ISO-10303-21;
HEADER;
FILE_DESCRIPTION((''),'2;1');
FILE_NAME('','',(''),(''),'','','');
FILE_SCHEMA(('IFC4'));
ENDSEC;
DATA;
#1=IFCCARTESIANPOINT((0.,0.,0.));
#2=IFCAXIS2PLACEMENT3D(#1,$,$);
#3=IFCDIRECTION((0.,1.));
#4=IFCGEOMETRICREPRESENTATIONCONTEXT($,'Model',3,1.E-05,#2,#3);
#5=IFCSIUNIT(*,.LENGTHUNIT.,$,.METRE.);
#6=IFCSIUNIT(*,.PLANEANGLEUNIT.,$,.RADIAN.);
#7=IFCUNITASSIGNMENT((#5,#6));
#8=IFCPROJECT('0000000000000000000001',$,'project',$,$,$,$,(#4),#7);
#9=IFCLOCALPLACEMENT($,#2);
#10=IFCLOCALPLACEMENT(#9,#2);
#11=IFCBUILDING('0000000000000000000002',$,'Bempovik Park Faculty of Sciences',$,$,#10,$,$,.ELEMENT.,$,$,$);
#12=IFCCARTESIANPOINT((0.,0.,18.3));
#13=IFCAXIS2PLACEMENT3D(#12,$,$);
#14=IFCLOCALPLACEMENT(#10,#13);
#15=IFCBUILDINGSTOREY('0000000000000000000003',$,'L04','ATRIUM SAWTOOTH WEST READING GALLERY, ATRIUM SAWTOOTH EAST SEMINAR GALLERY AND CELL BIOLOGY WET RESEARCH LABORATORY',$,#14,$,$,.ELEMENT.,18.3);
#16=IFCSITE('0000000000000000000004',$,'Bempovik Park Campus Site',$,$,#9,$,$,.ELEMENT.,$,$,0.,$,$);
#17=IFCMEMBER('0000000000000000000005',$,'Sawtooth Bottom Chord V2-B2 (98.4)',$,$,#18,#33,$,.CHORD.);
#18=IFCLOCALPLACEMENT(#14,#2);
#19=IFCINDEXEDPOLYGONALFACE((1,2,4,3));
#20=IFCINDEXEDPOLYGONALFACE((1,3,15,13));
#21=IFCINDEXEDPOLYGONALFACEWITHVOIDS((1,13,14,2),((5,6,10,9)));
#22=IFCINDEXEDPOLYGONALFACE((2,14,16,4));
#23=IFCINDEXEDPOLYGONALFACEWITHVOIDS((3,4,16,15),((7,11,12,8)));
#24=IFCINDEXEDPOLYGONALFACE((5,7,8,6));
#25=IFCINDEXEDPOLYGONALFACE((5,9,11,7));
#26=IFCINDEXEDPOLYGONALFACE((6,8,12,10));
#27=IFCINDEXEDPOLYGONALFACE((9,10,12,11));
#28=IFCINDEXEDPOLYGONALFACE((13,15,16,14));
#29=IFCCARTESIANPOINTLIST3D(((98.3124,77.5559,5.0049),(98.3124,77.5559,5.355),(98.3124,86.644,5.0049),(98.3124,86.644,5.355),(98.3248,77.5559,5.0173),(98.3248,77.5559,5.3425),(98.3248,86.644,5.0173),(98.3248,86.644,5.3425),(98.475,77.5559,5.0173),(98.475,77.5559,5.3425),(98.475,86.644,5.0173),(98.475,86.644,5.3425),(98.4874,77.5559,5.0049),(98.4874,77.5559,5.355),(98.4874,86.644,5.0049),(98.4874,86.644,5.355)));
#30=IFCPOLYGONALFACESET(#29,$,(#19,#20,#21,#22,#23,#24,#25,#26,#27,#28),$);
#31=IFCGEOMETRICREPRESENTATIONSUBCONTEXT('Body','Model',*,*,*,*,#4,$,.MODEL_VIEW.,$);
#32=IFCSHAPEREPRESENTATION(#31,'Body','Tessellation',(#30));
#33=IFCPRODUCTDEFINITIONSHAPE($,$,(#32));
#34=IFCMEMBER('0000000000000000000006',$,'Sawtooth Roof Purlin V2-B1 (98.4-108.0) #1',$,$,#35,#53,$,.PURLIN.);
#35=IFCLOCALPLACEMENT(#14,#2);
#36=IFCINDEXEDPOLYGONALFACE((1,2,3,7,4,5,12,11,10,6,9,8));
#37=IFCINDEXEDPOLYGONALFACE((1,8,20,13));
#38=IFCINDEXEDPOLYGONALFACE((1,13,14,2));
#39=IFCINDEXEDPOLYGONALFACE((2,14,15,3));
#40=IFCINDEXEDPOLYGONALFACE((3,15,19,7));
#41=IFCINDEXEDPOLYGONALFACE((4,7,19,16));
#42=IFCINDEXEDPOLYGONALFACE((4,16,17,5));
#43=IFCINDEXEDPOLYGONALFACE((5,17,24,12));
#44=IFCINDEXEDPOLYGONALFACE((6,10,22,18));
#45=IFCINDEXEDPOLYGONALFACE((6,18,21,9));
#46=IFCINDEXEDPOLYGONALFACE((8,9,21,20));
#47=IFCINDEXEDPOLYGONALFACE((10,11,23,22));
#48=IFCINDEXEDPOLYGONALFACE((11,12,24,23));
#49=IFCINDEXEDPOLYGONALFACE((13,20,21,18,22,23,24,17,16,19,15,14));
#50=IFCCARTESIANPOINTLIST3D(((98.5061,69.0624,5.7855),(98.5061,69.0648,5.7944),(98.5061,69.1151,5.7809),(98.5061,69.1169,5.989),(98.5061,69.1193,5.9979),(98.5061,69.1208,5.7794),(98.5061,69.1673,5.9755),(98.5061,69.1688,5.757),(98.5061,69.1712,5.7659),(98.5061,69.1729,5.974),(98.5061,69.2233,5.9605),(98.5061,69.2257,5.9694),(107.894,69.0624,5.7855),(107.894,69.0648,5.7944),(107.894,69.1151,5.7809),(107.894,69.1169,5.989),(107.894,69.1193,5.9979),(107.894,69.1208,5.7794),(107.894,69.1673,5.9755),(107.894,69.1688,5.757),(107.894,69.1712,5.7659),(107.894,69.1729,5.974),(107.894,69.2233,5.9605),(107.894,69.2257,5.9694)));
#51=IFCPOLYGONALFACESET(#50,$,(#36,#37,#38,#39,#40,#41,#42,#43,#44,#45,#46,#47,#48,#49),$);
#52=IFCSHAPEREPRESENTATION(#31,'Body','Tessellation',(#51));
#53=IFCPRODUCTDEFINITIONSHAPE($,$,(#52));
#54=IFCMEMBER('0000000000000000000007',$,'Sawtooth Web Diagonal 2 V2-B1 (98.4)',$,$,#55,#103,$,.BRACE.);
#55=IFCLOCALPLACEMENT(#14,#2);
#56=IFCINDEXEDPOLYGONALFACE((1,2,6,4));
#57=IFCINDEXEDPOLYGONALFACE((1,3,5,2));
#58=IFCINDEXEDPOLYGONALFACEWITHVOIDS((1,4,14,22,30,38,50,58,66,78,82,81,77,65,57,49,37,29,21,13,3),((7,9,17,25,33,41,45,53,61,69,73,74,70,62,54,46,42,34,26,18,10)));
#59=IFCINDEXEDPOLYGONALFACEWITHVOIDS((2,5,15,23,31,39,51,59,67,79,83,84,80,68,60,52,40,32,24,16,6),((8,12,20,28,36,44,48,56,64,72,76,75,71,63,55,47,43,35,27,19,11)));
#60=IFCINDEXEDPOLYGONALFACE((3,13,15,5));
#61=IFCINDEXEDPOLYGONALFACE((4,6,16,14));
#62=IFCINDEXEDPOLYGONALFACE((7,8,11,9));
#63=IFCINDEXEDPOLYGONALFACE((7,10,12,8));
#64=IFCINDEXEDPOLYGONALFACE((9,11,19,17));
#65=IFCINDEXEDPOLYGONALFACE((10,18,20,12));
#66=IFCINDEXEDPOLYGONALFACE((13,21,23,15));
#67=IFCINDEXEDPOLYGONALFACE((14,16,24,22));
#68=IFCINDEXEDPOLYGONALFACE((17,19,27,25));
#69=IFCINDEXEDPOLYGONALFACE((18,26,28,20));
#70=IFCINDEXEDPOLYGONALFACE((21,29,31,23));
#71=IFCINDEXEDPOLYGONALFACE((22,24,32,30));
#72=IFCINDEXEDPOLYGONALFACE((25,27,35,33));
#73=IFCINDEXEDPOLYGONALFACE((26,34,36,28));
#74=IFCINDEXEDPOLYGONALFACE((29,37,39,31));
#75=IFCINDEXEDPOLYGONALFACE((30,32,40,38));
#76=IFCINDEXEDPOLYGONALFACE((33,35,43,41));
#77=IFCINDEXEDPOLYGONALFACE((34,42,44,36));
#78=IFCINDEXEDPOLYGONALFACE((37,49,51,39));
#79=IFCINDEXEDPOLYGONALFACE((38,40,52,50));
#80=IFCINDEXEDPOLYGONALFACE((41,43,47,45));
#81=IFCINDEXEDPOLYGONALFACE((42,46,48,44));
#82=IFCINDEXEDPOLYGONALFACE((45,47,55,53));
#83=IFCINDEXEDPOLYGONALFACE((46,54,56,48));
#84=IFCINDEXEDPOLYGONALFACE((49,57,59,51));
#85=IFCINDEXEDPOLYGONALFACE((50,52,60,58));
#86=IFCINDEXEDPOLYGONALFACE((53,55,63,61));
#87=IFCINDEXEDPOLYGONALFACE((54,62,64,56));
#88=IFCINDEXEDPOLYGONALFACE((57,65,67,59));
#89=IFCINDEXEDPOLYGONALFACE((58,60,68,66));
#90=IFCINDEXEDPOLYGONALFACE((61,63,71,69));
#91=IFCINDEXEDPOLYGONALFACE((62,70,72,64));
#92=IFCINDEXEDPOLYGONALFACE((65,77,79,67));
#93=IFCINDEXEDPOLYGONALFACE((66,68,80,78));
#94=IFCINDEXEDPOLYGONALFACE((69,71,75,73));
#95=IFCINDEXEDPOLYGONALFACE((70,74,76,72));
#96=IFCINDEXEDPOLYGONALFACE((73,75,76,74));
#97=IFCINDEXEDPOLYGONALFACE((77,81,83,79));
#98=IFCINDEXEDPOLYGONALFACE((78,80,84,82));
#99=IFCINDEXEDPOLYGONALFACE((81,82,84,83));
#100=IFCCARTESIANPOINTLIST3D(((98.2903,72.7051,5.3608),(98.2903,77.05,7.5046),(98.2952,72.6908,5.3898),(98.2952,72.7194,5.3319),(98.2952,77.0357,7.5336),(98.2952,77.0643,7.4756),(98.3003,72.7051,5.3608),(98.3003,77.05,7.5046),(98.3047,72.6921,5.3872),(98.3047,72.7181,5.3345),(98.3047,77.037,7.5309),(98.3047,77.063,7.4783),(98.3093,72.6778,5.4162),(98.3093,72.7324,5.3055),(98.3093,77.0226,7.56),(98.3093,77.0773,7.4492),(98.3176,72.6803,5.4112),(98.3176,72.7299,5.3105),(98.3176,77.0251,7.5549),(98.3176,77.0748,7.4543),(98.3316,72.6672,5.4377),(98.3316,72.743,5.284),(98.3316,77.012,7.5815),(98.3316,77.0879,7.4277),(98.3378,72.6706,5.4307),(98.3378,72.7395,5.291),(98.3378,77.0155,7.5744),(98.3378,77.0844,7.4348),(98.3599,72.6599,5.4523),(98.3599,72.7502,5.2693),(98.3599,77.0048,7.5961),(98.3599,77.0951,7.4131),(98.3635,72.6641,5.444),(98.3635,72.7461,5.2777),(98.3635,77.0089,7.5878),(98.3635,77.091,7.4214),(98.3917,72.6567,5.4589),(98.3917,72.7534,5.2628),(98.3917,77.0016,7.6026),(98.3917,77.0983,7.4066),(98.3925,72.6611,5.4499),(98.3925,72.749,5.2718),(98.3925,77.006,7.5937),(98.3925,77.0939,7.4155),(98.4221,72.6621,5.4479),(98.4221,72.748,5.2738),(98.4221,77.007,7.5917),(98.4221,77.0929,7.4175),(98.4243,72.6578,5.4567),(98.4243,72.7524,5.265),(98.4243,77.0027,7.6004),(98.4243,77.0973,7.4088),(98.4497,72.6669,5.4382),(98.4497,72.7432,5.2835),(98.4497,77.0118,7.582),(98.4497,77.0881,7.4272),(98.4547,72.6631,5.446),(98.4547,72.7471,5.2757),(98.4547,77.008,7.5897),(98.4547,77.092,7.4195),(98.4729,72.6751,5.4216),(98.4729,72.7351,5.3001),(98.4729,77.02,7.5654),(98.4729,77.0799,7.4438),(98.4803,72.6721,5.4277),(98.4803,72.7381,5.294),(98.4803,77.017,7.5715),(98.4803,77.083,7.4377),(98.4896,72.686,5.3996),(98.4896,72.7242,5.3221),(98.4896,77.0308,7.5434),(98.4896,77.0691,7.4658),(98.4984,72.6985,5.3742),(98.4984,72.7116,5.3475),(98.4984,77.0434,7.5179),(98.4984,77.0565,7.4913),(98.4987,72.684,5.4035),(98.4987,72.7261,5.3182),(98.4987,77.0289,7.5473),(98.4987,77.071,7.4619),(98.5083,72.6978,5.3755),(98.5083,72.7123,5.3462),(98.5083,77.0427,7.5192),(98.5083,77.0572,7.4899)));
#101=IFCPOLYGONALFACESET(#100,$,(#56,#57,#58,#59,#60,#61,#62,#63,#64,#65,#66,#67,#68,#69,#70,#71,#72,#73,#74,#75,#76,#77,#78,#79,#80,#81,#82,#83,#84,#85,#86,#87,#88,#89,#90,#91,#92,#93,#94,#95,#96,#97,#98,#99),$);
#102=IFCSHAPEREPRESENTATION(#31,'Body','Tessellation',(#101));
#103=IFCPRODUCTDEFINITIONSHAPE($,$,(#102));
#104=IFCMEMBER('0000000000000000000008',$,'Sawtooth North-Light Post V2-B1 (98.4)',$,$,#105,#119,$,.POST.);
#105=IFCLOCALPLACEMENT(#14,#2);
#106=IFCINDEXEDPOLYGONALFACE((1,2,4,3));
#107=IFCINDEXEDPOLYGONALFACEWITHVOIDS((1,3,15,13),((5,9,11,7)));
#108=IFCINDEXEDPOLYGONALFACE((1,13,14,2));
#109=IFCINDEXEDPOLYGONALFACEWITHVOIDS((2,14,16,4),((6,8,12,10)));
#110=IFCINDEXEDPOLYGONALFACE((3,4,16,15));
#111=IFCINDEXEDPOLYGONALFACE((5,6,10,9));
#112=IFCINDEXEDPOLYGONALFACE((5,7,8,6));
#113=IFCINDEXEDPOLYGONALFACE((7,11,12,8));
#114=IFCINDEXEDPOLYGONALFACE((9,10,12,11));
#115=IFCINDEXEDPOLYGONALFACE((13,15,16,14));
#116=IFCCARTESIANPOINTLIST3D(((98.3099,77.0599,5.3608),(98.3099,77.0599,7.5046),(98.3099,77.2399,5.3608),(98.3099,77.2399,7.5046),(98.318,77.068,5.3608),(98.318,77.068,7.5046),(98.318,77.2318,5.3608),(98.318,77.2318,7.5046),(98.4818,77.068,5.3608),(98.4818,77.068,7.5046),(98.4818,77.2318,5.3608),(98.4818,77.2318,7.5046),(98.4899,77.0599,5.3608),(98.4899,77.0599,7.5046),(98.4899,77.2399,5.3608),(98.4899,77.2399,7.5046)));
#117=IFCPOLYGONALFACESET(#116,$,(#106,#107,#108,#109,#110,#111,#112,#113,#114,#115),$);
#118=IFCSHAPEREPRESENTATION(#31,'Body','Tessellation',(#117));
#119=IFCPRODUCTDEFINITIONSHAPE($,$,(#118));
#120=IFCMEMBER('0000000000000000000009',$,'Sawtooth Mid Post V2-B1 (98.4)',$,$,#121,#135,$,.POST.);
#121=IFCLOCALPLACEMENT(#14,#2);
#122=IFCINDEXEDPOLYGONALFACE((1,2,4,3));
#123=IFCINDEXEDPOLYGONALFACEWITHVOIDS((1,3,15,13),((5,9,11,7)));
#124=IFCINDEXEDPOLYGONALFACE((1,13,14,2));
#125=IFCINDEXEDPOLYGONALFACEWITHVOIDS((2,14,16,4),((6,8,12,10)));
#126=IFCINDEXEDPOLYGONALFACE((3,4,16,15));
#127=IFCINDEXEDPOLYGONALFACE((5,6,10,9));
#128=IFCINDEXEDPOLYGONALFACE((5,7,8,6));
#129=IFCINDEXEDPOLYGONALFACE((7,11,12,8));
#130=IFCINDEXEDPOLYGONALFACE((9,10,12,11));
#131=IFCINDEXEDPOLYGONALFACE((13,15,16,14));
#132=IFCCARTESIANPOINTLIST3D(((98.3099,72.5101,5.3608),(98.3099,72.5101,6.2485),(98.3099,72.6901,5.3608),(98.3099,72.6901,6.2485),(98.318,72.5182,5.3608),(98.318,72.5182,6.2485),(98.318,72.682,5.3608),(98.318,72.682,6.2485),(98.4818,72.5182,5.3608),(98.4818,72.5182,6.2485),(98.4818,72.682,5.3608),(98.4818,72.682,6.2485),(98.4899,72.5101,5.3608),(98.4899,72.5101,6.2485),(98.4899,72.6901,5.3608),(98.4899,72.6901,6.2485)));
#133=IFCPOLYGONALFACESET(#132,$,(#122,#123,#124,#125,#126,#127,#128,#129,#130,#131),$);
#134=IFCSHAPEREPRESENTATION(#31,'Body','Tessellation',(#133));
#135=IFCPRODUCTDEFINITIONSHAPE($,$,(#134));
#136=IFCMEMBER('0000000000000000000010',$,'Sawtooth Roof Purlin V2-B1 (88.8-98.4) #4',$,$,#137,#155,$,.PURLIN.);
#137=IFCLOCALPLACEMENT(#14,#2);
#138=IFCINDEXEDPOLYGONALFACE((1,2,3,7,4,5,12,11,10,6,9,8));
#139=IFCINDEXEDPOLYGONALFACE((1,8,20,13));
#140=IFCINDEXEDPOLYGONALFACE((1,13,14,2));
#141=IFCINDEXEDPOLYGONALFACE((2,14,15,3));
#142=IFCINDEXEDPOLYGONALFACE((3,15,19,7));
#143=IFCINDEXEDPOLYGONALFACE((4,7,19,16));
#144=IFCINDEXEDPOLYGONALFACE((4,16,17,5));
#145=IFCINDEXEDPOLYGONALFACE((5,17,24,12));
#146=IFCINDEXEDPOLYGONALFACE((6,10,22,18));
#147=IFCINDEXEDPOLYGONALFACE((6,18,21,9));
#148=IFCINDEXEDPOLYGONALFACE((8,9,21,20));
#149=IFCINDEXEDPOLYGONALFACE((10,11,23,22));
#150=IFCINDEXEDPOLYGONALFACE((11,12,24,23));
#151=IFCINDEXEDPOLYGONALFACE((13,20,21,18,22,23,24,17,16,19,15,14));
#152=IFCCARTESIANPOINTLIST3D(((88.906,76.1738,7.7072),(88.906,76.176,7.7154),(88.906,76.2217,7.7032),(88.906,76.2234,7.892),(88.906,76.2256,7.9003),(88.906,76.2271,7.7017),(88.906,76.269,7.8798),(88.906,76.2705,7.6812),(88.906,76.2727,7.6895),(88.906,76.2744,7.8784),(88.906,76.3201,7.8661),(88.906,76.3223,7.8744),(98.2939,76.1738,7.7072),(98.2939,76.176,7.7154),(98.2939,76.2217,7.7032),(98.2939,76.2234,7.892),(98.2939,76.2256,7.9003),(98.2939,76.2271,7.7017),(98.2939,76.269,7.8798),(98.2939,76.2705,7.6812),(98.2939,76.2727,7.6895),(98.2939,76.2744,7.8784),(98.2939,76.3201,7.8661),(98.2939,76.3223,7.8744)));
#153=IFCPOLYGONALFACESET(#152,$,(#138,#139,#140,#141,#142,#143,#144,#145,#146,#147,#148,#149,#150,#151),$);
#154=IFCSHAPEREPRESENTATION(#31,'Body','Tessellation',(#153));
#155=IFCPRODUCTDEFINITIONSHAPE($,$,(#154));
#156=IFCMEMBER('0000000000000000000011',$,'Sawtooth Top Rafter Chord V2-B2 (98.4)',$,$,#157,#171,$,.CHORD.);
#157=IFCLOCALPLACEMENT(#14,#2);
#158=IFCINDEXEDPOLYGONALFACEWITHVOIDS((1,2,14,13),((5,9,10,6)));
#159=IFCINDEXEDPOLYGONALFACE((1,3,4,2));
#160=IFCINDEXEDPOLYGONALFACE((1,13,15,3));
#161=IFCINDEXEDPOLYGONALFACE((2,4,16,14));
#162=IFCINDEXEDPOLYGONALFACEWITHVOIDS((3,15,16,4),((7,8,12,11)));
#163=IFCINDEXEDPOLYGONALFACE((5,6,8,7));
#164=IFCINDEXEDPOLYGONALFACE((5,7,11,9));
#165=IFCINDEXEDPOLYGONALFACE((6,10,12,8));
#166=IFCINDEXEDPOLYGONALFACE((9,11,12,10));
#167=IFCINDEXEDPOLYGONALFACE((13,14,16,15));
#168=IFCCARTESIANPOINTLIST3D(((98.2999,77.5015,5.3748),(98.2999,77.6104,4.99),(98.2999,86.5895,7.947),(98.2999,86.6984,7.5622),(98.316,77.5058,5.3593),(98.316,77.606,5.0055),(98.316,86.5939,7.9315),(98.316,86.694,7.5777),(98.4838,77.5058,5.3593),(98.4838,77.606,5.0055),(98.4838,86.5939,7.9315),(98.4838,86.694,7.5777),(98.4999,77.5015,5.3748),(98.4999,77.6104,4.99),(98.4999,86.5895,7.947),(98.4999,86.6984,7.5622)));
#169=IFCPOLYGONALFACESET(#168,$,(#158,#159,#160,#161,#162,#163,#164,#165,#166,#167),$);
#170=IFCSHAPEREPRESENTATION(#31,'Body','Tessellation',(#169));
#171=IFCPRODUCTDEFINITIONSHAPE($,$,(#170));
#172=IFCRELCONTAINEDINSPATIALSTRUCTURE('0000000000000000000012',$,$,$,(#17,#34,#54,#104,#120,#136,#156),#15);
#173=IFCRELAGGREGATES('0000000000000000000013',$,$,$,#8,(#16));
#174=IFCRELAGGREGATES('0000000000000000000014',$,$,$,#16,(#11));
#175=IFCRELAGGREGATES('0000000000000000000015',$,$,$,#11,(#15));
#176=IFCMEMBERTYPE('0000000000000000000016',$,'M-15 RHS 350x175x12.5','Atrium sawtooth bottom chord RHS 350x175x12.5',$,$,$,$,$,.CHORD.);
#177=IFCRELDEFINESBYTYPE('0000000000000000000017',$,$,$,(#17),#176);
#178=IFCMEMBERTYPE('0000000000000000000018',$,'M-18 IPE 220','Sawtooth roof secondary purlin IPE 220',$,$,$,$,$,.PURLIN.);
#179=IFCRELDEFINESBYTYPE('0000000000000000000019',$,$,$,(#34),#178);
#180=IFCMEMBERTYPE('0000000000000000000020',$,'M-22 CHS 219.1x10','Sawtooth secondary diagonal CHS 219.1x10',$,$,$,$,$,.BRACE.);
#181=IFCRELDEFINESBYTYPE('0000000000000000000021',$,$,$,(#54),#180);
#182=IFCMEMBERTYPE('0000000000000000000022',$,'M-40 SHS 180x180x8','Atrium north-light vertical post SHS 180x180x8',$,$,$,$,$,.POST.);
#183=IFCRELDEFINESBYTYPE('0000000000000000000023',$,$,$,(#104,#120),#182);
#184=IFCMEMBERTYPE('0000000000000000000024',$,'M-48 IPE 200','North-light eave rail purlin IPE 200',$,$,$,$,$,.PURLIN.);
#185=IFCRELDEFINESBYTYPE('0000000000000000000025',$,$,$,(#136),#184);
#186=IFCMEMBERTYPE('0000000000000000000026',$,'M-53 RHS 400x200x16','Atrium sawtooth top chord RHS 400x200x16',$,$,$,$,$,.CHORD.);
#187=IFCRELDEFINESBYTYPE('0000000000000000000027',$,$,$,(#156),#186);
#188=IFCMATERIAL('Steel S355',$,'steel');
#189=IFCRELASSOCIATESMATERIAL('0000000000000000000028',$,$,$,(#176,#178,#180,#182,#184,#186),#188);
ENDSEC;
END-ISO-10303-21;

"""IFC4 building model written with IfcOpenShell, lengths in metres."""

from ifc_helpers import new_model, si_unit, direction, frame, origin, origin_2d, place, context, subcontext, project, spatial, hollow_rectangle, hollow_circle, i_section, extrude, material, material_profile, profile_set, type_object, element, save


model = new_model("IFC4")

# Units and contexts
model_context = context("Model", 3, precision=1e-05, world=origin(), true_north=direction((0.0, 1.0)))
body_context = subcontext(model_context, "Body", "Model", "MODEL_VIEW")
ifc_project = project(units=[si_unit("LENGTHUNIT", "METRE"), si_unit("PLANEANGLEUNIT", "RADIAN")], contexts=[model_context])

# Site, building, storey
site_placement = place(None, origin())
site = spatial("IfcSite", under=ifc_project, at=site_placement, Name="Bempovik Park Campus Site", CompositionType="ELEMENT", RefElevation=0.0)
building_placement = place(site_placement, origin())
building = spatial("IfcBuilding", under=site, at=building_placement, Name="Bempovik Park Faculty of Sciences", CompositionType="ELEMENT")
storey_placement = place(building_placement, frame((0.0, 0.0, 18.3)))
storey = spatial("IfcBuildingStorey", under=building, at=storey_placement, Name="L04", Description="ATRIUM SAWTOOTH WEST READING GALLERY, ATRIUM SAWTOOTH EAST SEMINAR GALLERY AND CELL BIOLOGY WET RESEARCH LABORATORY", CompositionType="ELEMENT", Elevation=18.3)

# Members
ifc_material = material(Name="Steel S355", Category="steel")
ifc_material_profile_1 = material_profile(ifc_material, hollow_rectangle(XDim=0.175, YDim=0.3501, WallThickness=0.0125, at=origin_2d()), Name="RHS 350x175x12.5")
ifc_profile_set_1 = profile_set([ifc_material_profile_1], Name="Steel S355")
member_type_1 = type_object("IfcMemberType", Name="M-15 RHS 350x175x12.5", Description="Atrium sawtooth bottom chord RHS 350x175x12.5", PredefinedType="CHORD", material=ifc_profile_set_1)
member_1_placement = place(storey_placement, frame((98.3999, 77.5559, 5.1799), z_axis=(0.0, 1.0, 0.0), x_axis=(-1.0, 0.0, 0.0)))
element("IfcMember", 1, at=member_1_placement, inside=storey, type_object=member_type_1, Name="Sawtooth Bottom Chord V2-B2 (98.4)", PredefinedType="CHORD", context=body_context, shape_type="SweptSolid", body=[
    extrude(hollow_rectangle(XDim=0.175, YDim=0.3501, WallThickness=0.0125, at=origin_2d()), origin(), (0.0, 0.0, 1.0), 9.0881),
])
ifc_material_profile_2 = material_profile(ifc_material, i_section(OverallWidth=0.1101, OverallDepth=0.22, WebThickness=0.0059, FlangeThickness=0.0093, at=origin_2d()), Name="IPE 220")
ifc_profile_set_2 = profile_set([ifc_material_profile_2], Name="Steel S355")
member_type_2 = type_object("IfcMemberType", Name="M-18 IPE 220", Description="Sawtooth roof secondary purlin IPE 220", PredefinedType="PURLIN", material=ifc_profile_set_2)
member_2_placement = place(storey_placement, frame((98.5061, 69.144, 5.8774), z_axis=(1.0, 0.0, 0.0), x_axis=(0.0, 0.965926, -0.258819)))
element("IfcMember", 2, at=member_2_placement, inside=storey, type_object=member_type_2, Name="Sawtooth Roof Purlin V2-B1 (98.4-108.0) #1", PredefinedType="PURLIN", context=body_context, shape_type="SweptSolid", body=[
    extrude(i_section(OverallWidth=0.1101, OverallDepth=0.22, WebThickness=0.0059, FlangeThickness=0.0093, at=origin_2d()), origin(), (0.0, 0.0, 1.0), 9.3879),
])
ifc_material_profile_3 = material_profile(ifc_material, hollow_circle(Radius=0.1096, WallThickness=0.01, at=origin_2d()), Name="CHS 219.1x10")
ifc_profile_set_3 = profile_set([ifc_material_profile_3], Name="Steel S355")
member_type_3 = type_object("IfcMemberType", Name="M-22 CHS 219.1x10", Description="Sawtooth secondary diagonal CHS 219.1x10", PredefinedType="BRACE", material=ifc_profile_set_3)
member_3_placement = place(storey_placement, frame((98.3999, 72.7051, 5.3608), z_axis=(0.0, 0.896783, 0.442471), x_axis=(-1.0, 0.0, 0.0)))
element("IfcMember", 3, at=member_3_placement, inside=storey, type_object=member_type_3, Name="Sawtooth Web Diagonal 2 V2-B1 (98.4)", PredefinedType="BRACE", context=body_context, shape_type="SweptSolid", body=[
    extrude(hollow_circle(Radius=0.1096, WallThickness=0.01, at=origin_2d()), origin(), (0.0, 0.0, 1.0), 4.845),
])
ifc_material_profile_4 = material_profile(ifc_material, hollow_rectangle(XDim=0.1799, YDim=0.1799, WallThickness=0.0081, at=origin_2d()), Name="SHS 180x180x8")
ifc_profile_set_4 = profile_set([ifc_material_profile_4], Name="Steel S355")
member_type_4 = type_object("IfcMemberType", Name="M-40 SHS 180x180x8", Description="Atrium north-light vertical post SHS 180x180x8", PredefinedType="POST", material=ifc_profile_set_4)
member_4_placement = place(storey_placement, frame((98.3999, 77.1499, 5.3608), z_axis=(0.0, 0.0, 1.0), x_axis=(1.0, 0.0, 0.0)))
element("IfcMember", 4, at=member_4_placement, inside=storey, type_object=member_type_4, Name="Sawtooth North-Light Post V2-B1 (98.4)", PredefinedType="POST", context=body_context, shape_type="SweptSolid", body=[
    extrude(hollow_rectangle(XDim=0.1799, YDim=0.1799, WallThickness=0.0081, at=origin_2d()), origin(), (0.0, 0.0, 1.0), 2.1438),
])
member_5_placement = place(storey_placement, frame((98.3999, 72.6001, 5.3608), z_axis=(0.0, 0.0, 1.0), x_axis=(1.0, 0.0, 0.0)))
element("IfcMember", 5, at=member_5_placement, inside=storey, type_object=member_type_4, Name="Sawtooth Mid Post V2-B1 (98.4)", PredefinedType="POST", context=body_context, shape_type="SweptSolid", body=[
    extrude(hollow_rectangle(XDim=0.1799, YDim=0.1799, WallThickness=0.0081, at=origin_2d()), origin(), (0.0, 0.0, 1.0), 0.8877),
])
ifc_material_profile_5 = material_profile(ifc_material, i_section(OverallWidth=0.1001, OverallDepth=0.2, WebThickness=0.0056, FlangeThickness=0.0085, at=origin_2d()), Name="IPE 200")
ifc_profile_set_5 = profile_set([ifc_material_profile_5], Name="Steel S355")
member_type_5 = type_object("IfcMemberType", Name="M-48 IPE 200", Description="North-light eave rail purlin IPE 200", PredefinedType="PURLIN", material=ifc_profile_set_5)
member_6_placement = place(storey_placement, frame((88.906, 76.248, 7.7908), z_axis=(1.0, 0.0, 0.0), x_axis=(0.0, 0.965926, -0.258819)))
element("IfcMember", 6, at=member_6_placement, inside=storey, type_object=member_type_5, Name="Sawtooth Roof Purlin V2-B1 (88.8-98.4) #4", PredefinedType="PURLIN", context=body_context, shape_type="SweptSolid", body=[
    extrude(i_section(OverallWidth=0.1001, OverallDepth=0.2, WebThickness=0.0056, FlangeThickness=0.0085, at=origin_2d()), origin(), (0.0, 0.0, 1.0), 9.3879),
])
ifc_material_profile_6 = material_profile(ifc_material, hollow_rectangle(XDim=0.2, YDim=0.3999, WallThickness=0.0161, at=origin_2d()), Name="RHS 400x200x16")
ifc_profile_set_6 = profile_set([ifc_material_profile_6], Name="Steel S355")
member_type_6 = type_object("IfcMemberType", Name="M-53 RHS 400x200x16", Description="Atrium sawtooth top chord RHS 400x200x16", PredefinedType="CHORD", material=ifc_profile_set_6)
member_7_placement = place(storey_placement, frame((98.3999, 77.5559, 5.1824), z_axis=(0.0, 0.962202, 0.272337), x_axis=(-1.0, 0.0, 0.0)))
element("IfcMember", 7, at=member_7_placement, inside=storey, type_object=member_type_6, Name="Sawtooth Top Rafter Chord V2-B2 (98.4)", PredefinedType="CHORD", context=body_context, shape_type="SweptSolid", body=[
    extrude(hollow_rectangle(XDim=0.2, YDim=0.3999, WallThickness=0.0161, at=origin_2d()), origin(), (0.0, 0.0, 1.0), 9.4451),
])

save(model, "model.ifc")
